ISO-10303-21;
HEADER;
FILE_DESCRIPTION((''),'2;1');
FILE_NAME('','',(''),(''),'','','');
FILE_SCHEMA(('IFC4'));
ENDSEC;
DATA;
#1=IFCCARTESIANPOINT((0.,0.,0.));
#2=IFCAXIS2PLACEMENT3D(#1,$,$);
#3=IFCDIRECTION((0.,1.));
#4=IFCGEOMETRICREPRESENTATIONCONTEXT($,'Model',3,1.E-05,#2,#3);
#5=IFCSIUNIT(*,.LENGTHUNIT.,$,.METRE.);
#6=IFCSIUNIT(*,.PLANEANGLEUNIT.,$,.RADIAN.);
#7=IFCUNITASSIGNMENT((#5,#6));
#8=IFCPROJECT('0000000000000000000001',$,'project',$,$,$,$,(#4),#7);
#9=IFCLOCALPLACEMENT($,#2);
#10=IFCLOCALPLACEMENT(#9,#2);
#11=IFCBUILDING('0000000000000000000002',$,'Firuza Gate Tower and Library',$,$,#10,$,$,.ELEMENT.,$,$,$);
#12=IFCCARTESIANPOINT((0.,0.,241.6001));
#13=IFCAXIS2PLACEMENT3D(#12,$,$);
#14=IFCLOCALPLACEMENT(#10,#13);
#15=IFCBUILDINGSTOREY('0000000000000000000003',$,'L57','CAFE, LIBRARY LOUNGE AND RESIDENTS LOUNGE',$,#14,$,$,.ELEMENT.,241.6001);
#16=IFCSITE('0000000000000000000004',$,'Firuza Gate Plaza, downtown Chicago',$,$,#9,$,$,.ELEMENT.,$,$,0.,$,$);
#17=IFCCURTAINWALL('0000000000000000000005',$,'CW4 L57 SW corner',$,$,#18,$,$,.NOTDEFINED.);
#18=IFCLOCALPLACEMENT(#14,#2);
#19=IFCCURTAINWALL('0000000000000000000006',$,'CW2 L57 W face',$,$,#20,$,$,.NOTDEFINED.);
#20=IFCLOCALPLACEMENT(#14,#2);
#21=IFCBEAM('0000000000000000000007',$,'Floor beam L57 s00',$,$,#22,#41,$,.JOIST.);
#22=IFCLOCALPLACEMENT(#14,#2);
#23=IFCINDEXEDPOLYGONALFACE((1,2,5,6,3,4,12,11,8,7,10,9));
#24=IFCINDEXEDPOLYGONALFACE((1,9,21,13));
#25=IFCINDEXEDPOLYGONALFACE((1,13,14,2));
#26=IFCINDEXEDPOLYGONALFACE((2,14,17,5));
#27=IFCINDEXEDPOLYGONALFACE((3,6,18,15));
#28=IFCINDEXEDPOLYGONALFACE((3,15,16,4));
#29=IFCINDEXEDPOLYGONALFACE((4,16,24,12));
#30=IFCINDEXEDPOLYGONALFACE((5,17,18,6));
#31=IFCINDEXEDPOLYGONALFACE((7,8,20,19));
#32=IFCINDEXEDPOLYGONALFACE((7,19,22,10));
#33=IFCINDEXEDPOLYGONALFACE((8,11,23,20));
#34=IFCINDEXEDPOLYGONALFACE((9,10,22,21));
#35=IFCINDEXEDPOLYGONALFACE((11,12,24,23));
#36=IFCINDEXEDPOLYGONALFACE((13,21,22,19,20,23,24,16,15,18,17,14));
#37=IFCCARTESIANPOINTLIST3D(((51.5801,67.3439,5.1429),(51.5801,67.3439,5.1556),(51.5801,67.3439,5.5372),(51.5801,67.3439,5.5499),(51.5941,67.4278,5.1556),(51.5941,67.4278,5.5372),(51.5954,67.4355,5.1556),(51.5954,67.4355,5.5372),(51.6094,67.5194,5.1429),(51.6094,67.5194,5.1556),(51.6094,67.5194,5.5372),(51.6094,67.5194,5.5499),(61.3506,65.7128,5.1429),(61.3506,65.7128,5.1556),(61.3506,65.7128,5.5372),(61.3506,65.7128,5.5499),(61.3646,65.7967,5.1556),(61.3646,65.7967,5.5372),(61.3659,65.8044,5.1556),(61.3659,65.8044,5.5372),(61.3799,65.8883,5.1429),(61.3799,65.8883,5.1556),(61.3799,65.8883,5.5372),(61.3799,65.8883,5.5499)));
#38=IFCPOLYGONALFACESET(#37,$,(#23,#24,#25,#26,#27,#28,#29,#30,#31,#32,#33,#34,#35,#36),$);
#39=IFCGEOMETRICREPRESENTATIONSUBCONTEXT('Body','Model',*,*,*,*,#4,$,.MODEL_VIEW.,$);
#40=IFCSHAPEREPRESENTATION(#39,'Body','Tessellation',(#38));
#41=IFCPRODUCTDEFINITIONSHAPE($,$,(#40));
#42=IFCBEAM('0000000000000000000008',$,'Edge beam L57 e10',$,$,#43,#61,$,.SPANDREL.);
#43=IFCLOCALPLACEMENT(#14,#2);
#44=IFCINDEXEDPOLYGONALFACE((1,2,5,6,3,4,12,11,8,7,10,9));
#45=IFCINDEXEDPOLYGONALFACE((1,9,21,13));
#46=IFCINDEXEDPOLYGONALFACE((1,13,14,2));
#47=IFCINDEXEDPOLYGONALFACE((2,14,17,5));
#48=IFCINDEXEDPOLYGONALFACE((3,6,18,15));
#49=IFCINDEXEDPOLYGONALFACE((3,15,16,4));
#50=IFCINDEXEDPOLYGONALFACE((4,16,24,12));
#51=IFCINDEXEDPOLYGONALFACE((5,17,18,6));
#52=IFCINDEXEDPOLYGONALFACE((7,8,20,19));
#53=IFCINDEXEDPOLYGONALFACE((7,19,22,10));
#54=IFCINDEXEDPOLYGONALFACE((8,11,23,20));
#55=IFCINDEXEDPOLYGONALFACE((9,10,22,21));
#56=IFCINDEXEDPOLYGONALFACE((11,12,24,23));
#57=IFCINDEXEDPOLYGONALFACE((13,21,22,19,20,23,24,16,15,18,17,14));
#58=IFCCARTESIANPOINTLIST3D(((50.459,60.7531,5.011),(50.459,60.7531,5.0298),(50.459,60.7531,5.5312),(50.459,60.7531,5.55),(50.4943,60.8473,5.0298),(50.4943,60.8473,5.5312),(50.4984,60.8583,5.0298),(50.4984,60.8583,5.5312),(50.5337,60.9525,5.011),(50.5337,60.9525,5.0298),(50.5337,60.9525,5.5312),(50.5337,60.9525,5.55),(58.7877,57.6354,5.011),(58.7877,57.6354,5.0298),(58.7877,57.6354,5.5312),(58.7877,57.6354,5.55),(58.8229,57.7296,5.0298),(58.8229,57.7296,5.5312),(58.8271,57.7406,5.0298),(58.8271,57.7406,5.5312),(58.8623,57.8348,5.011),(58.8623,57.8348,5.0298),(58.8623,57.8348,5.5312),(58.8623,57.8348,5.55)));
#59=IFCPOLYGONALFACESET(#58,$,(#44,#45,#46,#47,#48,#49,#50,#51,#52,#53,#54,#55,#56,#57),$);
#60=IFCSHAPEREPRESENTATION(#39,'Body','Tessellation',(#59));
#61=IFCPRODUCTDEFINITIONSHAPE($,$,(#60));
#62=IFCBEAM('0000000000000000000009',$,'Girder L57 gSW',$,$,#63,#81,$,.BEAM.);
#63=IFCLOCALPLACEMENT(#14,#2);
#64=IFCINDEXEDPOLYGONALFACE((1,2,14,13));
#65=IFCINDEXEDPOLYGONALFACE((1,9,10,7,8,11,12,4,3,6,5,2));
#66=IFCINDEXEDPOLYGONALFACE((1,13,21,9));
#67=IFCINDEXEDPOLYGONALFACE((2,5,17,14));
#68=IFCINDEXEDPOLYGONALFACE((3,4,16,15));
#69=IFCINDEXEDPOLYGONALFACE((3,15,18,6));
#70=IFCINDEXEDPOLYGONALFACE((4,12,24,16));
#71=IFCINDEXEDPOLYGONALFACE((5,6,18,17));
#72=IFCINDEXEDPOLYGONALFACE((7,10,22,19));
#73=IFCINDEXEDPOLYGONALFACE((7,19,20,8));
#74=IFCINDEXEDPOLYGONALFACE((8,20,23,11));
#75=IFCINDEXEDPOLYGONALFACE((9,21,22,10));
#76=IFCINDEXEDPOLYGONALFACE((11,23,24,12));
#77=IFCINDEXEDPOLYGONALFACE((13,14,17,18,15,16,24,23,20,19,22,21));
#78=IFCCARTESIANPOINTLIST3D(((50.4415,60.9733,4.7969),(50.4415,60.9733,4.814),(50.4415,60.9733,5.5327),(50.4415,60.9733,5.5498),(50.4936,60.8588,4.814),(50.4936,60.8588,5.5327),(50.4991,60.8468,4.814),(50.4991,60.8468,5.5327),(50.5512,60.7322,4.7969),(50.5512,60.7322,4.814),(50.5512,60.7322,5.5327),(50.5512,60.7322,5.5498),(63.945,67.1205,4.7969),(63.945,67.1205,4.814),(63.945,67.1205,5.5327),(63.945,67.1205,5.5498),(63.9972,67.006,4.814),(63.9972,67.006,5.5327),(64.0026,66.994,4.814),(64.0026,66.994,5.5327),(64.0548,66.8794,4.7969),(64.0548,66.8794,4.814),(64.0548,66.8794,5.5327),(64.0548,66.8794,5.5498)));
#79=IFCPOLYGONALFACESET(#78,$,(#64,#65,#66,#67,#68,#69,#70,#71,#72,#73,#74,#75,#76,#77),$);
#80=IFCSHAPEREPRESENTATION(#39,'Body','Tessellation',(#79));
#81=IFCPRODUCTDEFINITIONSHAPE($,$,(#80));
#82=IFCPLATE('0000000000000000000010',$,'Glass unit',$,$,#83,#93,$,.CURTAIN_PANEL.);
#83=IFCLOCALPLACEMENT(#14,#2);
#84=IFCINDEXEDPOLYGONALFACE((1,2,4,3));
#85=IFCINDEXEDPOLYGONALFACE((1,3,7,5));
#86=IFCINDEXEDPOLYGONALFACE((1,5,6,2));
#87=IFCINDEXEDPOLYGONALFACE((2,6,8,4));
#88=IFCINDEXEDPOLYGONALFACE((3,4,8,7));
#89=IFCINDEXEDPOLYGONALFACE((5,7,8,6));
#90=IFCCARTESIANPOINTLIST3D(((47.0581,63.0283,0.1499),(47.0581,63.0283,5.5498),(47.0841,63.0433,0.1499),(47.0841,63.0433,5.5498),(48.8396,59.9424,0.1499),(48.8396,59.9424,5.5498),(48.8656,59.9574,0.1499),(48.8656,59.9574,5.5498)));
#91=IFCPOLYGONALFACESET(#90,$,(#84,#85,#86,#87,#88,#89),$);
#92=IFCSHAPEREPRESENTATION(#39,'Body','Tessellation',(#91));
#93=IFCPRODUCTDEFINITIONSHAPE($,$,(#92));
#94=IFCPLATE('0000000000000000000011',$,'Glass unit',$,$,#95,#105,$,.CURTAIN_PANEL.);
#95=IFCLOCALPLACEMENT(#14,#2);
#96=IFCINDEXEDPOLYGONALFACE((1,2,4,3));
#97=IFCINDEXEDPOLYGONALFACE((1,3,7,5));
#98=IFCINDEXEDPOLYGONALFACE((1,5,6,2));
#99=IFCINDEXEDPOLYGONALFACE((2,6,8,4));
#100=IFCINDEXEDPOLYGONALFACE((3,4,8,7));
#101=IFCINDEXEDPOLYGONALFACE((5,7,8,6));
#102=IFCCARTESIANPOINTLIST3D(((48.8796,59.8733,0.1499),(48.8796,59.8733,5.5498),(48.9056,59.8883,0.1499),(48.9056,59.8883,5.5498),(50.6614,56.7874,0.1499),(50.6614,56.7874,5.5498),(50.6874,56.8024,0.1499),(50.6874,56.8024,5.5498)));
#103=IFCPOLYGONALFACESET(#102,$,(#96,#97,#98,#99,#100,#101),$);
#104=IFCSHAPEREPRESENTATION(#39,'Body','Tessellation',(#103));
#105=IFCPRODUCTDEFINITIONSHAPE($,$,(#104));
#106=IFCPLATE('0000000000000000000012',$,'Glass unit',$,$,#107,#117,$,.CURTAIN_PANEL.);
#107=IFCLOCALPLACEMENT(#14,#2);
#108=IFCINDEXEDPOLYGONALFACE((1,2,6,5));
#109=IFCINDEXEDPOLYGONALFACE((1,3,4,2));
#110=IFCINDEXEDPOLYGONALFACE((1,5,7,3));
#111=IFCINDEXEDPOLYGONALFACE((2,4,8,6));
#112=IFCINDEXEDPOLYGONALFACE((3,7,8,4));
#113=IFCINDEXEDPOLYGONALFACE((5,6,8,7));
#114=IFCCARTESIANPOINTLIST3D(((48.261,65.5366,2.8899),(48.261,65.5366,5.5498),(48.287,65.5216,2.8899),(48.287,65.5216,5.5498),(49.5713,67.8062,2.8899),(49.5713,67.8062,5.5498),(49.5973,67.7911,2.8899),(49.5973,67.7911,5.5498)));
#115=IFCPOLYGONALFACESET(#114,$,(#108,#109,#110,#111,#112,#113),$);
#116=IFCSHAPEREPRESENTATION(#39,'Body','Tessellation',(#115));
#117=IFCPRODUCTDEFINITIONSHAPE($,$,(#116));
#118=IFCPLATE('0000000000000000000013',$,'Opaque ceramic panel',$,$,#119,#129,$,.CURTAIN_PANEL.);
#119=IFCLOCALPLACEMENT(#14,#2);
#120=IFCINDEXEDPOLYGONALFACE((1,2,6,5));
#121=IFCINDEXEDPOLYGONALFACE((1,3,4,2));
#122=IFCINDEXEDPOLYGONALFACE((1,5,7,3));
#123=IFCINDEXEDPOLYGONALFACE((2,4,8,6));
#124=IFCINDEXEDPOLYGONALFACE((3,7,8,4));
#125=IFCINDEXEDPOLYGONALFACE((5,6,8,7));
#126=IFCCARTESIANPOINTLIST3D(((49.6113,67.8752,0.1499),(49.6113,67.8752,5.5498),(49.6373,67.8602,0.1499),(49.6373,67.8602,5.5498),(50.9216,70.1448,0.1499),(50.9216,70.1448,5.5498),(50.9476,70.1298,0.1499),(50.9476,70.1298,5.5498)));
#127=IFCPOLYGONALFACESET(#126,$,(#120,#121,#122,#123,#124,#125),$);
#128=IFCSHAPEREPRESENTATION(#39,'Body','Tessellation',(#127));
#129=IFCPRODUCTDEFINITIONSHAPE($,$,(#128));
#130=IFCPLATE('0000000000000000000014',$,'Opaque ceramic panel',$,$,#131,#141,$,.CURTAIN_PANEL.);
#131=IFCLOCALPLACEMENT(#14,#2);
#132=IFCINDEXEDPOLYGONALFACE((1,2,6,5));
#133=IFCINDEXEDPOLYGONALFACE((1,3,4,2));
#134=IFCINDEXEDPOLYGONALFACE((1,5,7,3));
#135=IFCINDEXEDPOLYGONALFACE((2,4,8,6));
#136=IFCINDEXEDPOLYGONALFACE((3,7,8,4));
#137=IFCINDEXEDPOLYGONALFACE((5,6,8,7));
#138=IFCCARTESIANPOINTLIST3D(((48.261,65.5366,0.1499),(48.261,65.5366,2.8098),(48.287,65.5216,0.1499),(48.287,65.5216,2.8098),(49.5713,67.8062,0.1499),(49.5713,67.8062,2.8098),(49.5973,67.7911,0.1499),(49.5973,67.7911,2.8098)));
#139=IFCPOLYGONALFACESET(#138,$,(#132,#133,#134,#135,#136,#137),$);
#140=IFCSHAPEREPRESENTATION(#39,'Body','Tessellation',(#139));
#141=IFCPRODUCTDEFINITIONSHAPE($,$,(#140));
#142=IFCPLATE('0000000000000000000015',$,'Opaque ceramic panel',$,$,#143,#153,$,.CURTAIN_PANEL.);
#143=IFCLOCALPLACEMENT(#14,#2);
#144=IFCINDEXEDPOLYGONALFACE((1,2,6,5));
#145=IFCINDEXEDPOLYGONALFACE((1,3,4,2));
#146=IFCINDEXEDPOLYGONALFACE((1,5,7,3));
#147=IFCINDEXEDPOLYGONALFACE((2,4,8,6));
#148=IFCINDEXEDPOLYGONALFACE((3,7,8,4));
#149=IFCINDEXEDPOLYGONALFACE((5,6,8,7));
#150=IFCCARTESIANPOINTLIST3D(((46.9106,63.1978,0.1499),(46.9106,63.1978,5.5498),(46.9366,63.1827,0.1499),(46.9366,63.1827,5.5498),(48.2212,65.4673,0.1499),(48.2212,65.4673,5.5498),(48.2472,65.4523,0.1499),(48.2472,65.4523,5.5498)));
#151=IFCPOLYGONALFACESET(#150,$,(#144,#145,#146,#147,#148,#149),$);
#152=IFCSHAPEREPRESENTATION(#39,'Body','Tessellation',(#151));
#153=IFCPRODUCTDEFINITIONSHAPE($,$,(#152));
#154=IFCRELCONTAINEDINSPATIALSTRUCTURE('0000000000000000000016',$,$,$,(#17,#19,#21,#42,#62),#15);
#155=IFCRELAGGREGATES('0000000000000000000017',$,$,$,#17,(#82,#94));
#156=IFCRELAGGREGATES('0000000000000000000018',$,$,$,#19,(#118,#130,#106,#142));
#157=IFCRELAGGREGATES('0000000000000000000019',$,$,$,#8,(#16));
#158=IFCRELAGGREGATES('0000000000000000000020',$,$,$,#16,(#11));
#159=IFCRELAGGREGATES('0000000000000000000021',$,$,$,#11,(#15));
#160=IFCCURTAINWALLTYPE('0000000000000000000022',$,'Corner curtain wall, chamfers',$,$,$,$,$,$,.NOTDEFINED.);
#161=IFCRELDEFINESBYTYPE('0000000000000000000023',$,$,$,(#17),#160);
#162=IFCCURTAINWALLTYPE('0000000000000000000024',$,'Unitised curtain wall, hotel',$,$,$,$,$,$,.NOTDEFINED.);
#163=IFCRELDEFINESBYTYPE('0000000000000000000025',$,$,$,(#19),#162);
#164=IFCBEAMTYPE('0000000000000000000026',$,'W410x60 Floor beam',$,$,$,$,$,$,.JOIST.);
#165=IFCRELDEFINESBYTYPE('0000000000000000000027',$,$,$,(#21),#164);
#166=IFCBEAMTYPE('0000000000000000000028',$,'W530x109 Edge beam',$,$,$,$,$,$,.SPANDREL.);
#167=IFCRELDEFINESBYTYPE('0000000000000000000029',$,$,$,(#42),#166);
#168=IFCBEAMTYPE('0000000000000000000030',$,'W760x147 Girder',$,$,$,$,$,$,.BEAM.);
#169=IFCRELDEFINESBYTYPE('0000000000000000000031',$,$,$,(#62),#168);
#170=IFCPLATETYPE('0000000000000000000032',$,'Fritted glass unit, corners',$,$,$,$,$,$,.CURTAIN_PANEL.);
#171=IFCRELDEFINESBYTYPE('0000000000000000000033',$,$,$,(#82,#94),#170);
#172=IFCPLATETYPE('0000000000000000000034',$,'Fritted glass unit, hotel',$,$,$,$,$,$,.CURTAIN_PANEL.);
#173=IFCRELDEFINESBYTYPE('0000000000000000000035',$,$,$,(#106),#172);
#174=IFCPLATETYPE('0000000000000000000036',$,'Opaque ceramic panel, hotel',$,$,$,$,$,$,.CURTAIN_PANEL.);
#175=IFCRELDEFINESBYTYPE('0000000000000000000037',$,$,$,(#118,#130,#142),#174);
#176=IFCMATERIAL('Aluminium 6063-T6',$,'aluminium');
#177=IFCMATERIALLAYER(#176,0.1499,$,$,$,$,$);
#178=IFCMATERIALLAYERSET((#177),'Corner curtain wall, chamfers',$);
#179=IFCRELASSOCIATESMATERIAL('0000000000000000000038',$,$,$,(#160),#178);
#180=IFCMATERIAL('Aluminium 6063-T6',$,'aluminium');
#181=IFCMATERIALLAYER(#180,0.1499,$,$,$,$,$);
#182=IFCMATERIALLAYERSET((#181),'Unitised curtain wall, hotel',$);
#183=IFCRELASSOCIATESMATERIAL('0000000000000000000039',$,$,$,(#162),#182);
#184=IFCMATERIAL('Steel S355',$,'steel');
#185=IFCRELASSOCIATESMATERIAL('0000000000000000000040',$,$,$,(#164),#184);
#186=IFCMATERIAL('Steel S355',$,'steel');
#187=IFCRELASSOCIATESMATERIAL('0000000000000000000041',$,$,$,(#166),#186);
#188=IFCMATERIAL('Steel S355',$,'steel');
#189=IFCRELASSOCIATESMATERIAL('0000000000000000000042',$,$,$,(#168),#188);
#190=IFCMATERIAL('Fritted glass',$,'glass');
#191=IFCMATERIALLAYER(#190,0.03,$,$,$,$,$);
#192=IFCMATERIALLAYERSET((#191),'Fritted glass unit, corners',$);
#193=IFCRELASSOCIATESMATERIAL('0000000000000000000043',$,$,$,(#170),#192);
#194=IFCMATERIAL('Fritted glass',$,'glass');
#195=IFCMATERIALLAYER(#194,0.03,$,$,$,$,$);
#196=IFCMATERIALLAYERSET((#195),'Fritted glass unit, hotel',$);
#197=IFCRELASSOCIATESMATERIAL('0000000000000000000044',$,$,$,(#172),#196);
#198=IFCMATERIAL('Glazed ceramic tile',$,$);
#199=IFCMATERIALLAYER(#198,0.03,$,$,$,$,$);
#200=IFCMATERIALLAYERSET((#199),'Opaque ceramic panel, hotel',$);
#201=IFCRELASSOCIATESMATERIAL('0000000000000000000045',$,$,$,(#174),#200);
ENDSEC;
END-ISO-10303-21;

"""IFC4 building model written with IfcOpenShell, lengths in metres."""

from ifc_helpers import new_model, si_unit, direction, frame, origin, origin_2d, place, context, subcontext, project, spatial, polyline, i_section, outline, extrude, material, layer, layer_set, material_profile, profile_set, type_object, element, aggregate, save


model = new_model("IFC4")

# Units and contexts
model_context = context("Model", 3, precision=1e-05, world=origin(), true_north=direction((0.0, 1.0)))
body_context = subcontext(model_context, "Body", "Model", "MODEL_VIEW")
ifc_project = project(units=[si_unit("LENGTHUNIT", "METRE"), si_unit("PLANEANGLEUNIT", "RADIAN")], contexts=[model_context])

# Site, building, storey
site_placement = place(None, origin())
site = spatial("IfcSite", under=ifc_project, at=site_placement, Name="Firuza Gate Plaza, downtown Chicago", CompositionType="ELEMENT", RefElevation=0.0)
building_placement = place(site_placement, origin())
building = spatial("IfcBuilding", under=site, at=building_placement, Name="Firuza Gate Tower and Library", CompositionType="ELEMENT")
storey_placement = place(building_placement, frame((0.0, 0.0, 241.6001)))
storey = spatial("IfcBuildingStorey", under=building, at=storey_placement, Name="L57", Description="CAFE, LIBRARY LOUNGE AND RESIDENTS LOUNGE", CompositionType="ELEMENT", Elevation=241.6001)

# Curtain walls
ifc_material_1 = material(Name="Aluminium 6063-T6", Category="aluminium")
ifc_layer_1 = layer(ifc_material_1, 0.1499)
ifc_layer_set_1 = layer_set([ifc_layer_1], Name="Corner curtain wall, chamfers")
curtain_wall_type_1 = type_object("IfcCurtainWallType", Name="Corner curtain wall, chamfers", PredefinedType="NOTDEFINED", material=ifc_layer_set_1)
placement = place(storey_placement, origin())
curtain_wall_1 = element("IfcCurtainWall", 1, at=placement, inside=storey, type_object=curtain_wall_type_1, Name="CW4 L57 SW corner", PredefinedType="NOTDEFINED")
ifc_material_2 = material(Name="Aluminium 6063-T6", Category="aluminium")
ifc_layer_2 = layer(ifc_material_2, 0.1499)
ifc_layer_set_2 = layer_set([ifc_layer_2], Name="Unitised curtain wall, hotel")
curtain_wall_type_2 = type_object("IfcCurtainWallType", Name="Unitised curtain wall, hotel", PredefinedType="NOTDEFINED", material=ifc_layer_set_2)
curtain_wall_2 = element("IfcCurtainWall", 2, at=placement, inside=storey, type_object=curtain_wall_type_2, Name="CW2 L57 W face", PredefinedType="NOTDEFINED")

# Beams
ifc_material_3 = material(Name="Steel S355", Category="steel")
ifc_material_profile_1 = material_profile(ifc_material_3, i_section(OverallWidth=0.178, OverallDepth=0.407, WebThickness=0.0078, FlangeThickness=0.0127, at=origin_2d()))
ifc_profile_set_1 = profile_set([ifc_material_profile_1], Name="Steel S355")
beam_type_1 = type_object("IfcBeamType", Name="W410x60 Floor beam", PredefinedType="JOIST", material=ifc_profile_set_1)
beam_1_placement = place(storey_placement, frame((51.5947, 67.4316, 5.3464), z_axis=(0.98635, -0.164663, 0.0), x_axis=(0.164663, 0.98635, 0.0)))
element("IfcBeam", 3, at=beam_1_placement, inside=storey, type_object=beam_type_1, Name="Floor beam L57 s00", PredefinedType="JOIST", context=body_context, shape_type="SweptSolid", body=[
    extrude(i_section(OverallWidth=0.178, OverallDepth=0.407, WebThickness=0.0078, FlangeThickness=0.0127, at=origin_2d()), origin(), (0.0, 0.0, 1.0), 9.9058),
])
ifc_material_4 = material(Name="Steel S355", Category="steel")
ifc_material_profile_2 = material_profile(ifc_material_4, i_section(OverallWidth=0.2129, OverallDepth=0.5391, WebThickness=0.0117, FlangeThickness=0.0188, at=origin_2d()))
ifc_profile_set_2 = profile_set([ifc_material_profile_2], Name="Steel S355")
beam_type_2 = type_object("IfcBeamType", Name="W530x109 Edge beam", PredefinedType="SPANDREL", material=ifc_profile_set_2)
beam_2_placement = place(storey_placement, frame((50.4963, 60.8528, 5.2805), z_axis=(0.936534, -0.350576, 0.0), x_axis=(0.350576, 0.936534, 0.0)))
element("IfcBeam", 4, at=beam_2_placement, inside=storey, type_object=beam_type_2, Name="Edge beam L57 e10", PredefinedType="SPANDREL", context=body_context, shape_type="SweptSolid", body=[
    extrude(i_section(OverallWidth=0.2129, OverallDepth=0.5391, WebThickness=0.0117, FlangeThickness=0.0188, at=origin_2d()), origin(), (0.0, 0.0, 1.0), 8.8931),
])
ifc_material_5 = material(Name="Steel S355", Category="steel")
ifc_material_profile_3 = material_profile(ifc_material_5, i_section(OverallWidth=0.2649, OverallDepth=0.7529, WebThickness=0.0132, FlangeThickness=0.0171, at=origin_2d()))
ifc_profile_set_3 = profile_set([ifc_material_profile_3], Name="Steel S355")
beam_type_3 = type_object("IfcBeamType", Name="W760x147 Girder", PredefinedType="BEAM", material=ifc_profile_set_3)
beam_3_placement = place(storey_placement, frame((50.4963, 60.8528, 5.1733), z_axis=(0.910133, 0.414316, 0.0), x_axis=(-0.414316, 0.910133, 0.0)))
element("IfcBeam", 5, at=beam_3_placement, inside=storey, type_object=beam_type_3, Name="Girder L57 gSW", PredefinedType="BEAM", context=body_context, shape_type="SweptSolid", body=[
    extrude(i_section(OverallWidth=0.2649, OverallDepth=0.7529, WebThickness=0.0132, FlangeThickness=0.0171, at=origin_2d()), origin(), (0.0, 0.0, 1.0), 14.8369),
])

# Plates
ifc_material_6 = material(Name="Fritted glass", Category="glass")
ifc_layer_3 = layer(ifc_material_6, 0.03)
ifc_layer_set_3 = layer_set([ifc_layer_3], Name="Fritted glass unit, corners")
plate_type_1 = type_object("IfcPlateType", Name="Fritted glass unit, corners", PredefinedType="CURTAIN_PANEL", material=ifc_layer_set_3)
plate_1_placement = place(storey_placement, frame((47.0581, 63.0283, 0.1499), z_axis=(-0.866046, -0.499964, 0.0), x_axis=(0.499964, -0.866046, 0.0)))
plate_1 = element("IfcPlate", 6, at=plate_1_placement, type_object=plate_type_1, Name="Glass unit", PredefinedType="CURTAIN_PANEL", context=body_context, shape_type="SweptSolid", body=[
    extrude(outline(polyline([(0.0, 0.0), (3.5632, 0.0), (3.5632, 5.3999), (0.0, 5.3999), (0.0, 0.0)])), origin(), (0.0, 0.0, -1.0), 0.03),
])
plate_2_placement = place(storey_placement, frame((48.8796, 59.8733, 0.1499), z_axis=(-0.866017, -0.500015, 0.0), x_axis=(0.500015, -0.866017, 0.0)))
plate_2 = element("IfcPlate", 7, at=plate_2_placement, type_object=plate_type_1, Name="Glass unit", PredefinedType="CURTAIN_PANEL", context=body_context, shape_type="SweptSolid", body=[
    extrude(outline(polyline([(0.0, 0.0), (3.5634, 0.0), (3.5634, 5.3999), (0.0, 5.3999), (0.0, 0.0)])), origin(), (0.0, 0.0, -1.0), 0.03),
])
aggregate(curtain_wall_1, [plate_1, plate_2])
ifc_material_7 = material(Name="Fritted glass", Category="glass")
ifc_layer_4 = layer(ifc_material_7, 0.03)
ifc_layer_set_4 = layer_set([ifc_layer_4], Name="Fritted glass unit, hotel")
plate_type_2 = type_object("IfcPlateType", Name="Fritted glass unit, hotel", PredefinedType="CURTAIN_PANEL", material=ifc_layer_set_4)
plate_3_placement = place(storey_placement, frame((49.5713, 67.8062, 2.8899), z_axis=(-0.866027, 0.499997, 0.0), x_axis=(-0.499997, -0.866027, 0.0)))
plate_3 = element("IfcPlate", 8, at=plate_3_placement, type_object=plate_type_2, Name="Glass unit", PredefinedType="CURTAIN_PANEL", context=body_context, shape_type="SweptSolid", body=[
    extrude(outline(polyline([(0.0, 0.0), (2.6206, 0.0), (2.6206, 2.6599), (0.0, 2.6599), (0.0, 0.0)])), origin(), (0.0, 0.0, -1.0), 0.03),
])
ifc_material_8 = material(Name="Glazed ceramic tile")
ifc_layer_5 = layer(ifc_material_8, 0.03)
ifc_layer_set_5 = layer_set([ifc_layer_5], Name="Opaque ceramic panel, hotel")
plate_type_3 = type_object("IfcPlateType", Name="Opaque ceramic panel, hotel", PredefinedType="CURTAIN_PANEL", material=ifc_layer_set_5)
plate_4_placement = place(storey_placement, frame((50.9216, 70.1448, 0.1499), z_axis=(-0.866027, 0.499997, 0.0), x_axis=(-0.499997, -0.866027, 0.0)))
plate_4 = element("IfcPlate", 9, at=plate_4_placement, type_object=plate_type_3, Name="Opaque ceramic panel", PredefinedType="CURTAIN_PANEL", context=body_context, shape_type="SweptSolid", body=[
    extrude(outline(polyline([(0.0, 0.0), (2.6206, 0.0), (2.6206, 5.3999), (0.0, 5.3999), (0.0, 0.0)])), origin(), (0.0, 0.0, -1.0), 0.03),
])
plate_5_placement = place(storey_placement, frame((49.5713, 67.8062, 0.1499), z_axis=(-0.866027, 0.499997, 0.0), x_axis=(-0.499997, -0.866027, 0.0)))
plate_5 = element("IfcPlate", 10, at=plate_5_placement, type_object=plate_type_3, Name="Opaque ceramic panel", PredefinedType="CURTAIN_PANEL", context=body_context, shape_type="SweptSolid", body=[
    extrude(outline(polyline([(0.0, 0.0), (2.6206, 0.0), (2.6206, 2.6599), (0.0, 2.6599), (0.0, 0.0)])), origin(), (0.0, 0.0, -1.0), 0.03),
])
plate_6_placement = place(storey_placement, frame((48.2212, 65.4673, 0.1499), z_axis=(-0.865987, 0.500067, 0.0), x_axis=(-0.500067, -0.865987, 0.0)))
plate_6 = element("IfcPlate", 11, at=plate_6_placement, type_object=plate_type_3, Name="Opaque ceramic panel", PredefinedType="CURTAIN_PANEL", context=body_context, shape_type="SweptSolid", body=[
    extrude(outline(polyline([(0.0, 0.0), (2.6207, 0.0), (2.6207, 5.3999), (0.0, 5.3999), (0.0, 0.0)])), origin(), (0.0, 0.0, -1.0), 0.03),
])
aggregate(curtain_wall_2, [plate_4, plate_5, plate_3, plate_6])

save(model, "model.ifc")
